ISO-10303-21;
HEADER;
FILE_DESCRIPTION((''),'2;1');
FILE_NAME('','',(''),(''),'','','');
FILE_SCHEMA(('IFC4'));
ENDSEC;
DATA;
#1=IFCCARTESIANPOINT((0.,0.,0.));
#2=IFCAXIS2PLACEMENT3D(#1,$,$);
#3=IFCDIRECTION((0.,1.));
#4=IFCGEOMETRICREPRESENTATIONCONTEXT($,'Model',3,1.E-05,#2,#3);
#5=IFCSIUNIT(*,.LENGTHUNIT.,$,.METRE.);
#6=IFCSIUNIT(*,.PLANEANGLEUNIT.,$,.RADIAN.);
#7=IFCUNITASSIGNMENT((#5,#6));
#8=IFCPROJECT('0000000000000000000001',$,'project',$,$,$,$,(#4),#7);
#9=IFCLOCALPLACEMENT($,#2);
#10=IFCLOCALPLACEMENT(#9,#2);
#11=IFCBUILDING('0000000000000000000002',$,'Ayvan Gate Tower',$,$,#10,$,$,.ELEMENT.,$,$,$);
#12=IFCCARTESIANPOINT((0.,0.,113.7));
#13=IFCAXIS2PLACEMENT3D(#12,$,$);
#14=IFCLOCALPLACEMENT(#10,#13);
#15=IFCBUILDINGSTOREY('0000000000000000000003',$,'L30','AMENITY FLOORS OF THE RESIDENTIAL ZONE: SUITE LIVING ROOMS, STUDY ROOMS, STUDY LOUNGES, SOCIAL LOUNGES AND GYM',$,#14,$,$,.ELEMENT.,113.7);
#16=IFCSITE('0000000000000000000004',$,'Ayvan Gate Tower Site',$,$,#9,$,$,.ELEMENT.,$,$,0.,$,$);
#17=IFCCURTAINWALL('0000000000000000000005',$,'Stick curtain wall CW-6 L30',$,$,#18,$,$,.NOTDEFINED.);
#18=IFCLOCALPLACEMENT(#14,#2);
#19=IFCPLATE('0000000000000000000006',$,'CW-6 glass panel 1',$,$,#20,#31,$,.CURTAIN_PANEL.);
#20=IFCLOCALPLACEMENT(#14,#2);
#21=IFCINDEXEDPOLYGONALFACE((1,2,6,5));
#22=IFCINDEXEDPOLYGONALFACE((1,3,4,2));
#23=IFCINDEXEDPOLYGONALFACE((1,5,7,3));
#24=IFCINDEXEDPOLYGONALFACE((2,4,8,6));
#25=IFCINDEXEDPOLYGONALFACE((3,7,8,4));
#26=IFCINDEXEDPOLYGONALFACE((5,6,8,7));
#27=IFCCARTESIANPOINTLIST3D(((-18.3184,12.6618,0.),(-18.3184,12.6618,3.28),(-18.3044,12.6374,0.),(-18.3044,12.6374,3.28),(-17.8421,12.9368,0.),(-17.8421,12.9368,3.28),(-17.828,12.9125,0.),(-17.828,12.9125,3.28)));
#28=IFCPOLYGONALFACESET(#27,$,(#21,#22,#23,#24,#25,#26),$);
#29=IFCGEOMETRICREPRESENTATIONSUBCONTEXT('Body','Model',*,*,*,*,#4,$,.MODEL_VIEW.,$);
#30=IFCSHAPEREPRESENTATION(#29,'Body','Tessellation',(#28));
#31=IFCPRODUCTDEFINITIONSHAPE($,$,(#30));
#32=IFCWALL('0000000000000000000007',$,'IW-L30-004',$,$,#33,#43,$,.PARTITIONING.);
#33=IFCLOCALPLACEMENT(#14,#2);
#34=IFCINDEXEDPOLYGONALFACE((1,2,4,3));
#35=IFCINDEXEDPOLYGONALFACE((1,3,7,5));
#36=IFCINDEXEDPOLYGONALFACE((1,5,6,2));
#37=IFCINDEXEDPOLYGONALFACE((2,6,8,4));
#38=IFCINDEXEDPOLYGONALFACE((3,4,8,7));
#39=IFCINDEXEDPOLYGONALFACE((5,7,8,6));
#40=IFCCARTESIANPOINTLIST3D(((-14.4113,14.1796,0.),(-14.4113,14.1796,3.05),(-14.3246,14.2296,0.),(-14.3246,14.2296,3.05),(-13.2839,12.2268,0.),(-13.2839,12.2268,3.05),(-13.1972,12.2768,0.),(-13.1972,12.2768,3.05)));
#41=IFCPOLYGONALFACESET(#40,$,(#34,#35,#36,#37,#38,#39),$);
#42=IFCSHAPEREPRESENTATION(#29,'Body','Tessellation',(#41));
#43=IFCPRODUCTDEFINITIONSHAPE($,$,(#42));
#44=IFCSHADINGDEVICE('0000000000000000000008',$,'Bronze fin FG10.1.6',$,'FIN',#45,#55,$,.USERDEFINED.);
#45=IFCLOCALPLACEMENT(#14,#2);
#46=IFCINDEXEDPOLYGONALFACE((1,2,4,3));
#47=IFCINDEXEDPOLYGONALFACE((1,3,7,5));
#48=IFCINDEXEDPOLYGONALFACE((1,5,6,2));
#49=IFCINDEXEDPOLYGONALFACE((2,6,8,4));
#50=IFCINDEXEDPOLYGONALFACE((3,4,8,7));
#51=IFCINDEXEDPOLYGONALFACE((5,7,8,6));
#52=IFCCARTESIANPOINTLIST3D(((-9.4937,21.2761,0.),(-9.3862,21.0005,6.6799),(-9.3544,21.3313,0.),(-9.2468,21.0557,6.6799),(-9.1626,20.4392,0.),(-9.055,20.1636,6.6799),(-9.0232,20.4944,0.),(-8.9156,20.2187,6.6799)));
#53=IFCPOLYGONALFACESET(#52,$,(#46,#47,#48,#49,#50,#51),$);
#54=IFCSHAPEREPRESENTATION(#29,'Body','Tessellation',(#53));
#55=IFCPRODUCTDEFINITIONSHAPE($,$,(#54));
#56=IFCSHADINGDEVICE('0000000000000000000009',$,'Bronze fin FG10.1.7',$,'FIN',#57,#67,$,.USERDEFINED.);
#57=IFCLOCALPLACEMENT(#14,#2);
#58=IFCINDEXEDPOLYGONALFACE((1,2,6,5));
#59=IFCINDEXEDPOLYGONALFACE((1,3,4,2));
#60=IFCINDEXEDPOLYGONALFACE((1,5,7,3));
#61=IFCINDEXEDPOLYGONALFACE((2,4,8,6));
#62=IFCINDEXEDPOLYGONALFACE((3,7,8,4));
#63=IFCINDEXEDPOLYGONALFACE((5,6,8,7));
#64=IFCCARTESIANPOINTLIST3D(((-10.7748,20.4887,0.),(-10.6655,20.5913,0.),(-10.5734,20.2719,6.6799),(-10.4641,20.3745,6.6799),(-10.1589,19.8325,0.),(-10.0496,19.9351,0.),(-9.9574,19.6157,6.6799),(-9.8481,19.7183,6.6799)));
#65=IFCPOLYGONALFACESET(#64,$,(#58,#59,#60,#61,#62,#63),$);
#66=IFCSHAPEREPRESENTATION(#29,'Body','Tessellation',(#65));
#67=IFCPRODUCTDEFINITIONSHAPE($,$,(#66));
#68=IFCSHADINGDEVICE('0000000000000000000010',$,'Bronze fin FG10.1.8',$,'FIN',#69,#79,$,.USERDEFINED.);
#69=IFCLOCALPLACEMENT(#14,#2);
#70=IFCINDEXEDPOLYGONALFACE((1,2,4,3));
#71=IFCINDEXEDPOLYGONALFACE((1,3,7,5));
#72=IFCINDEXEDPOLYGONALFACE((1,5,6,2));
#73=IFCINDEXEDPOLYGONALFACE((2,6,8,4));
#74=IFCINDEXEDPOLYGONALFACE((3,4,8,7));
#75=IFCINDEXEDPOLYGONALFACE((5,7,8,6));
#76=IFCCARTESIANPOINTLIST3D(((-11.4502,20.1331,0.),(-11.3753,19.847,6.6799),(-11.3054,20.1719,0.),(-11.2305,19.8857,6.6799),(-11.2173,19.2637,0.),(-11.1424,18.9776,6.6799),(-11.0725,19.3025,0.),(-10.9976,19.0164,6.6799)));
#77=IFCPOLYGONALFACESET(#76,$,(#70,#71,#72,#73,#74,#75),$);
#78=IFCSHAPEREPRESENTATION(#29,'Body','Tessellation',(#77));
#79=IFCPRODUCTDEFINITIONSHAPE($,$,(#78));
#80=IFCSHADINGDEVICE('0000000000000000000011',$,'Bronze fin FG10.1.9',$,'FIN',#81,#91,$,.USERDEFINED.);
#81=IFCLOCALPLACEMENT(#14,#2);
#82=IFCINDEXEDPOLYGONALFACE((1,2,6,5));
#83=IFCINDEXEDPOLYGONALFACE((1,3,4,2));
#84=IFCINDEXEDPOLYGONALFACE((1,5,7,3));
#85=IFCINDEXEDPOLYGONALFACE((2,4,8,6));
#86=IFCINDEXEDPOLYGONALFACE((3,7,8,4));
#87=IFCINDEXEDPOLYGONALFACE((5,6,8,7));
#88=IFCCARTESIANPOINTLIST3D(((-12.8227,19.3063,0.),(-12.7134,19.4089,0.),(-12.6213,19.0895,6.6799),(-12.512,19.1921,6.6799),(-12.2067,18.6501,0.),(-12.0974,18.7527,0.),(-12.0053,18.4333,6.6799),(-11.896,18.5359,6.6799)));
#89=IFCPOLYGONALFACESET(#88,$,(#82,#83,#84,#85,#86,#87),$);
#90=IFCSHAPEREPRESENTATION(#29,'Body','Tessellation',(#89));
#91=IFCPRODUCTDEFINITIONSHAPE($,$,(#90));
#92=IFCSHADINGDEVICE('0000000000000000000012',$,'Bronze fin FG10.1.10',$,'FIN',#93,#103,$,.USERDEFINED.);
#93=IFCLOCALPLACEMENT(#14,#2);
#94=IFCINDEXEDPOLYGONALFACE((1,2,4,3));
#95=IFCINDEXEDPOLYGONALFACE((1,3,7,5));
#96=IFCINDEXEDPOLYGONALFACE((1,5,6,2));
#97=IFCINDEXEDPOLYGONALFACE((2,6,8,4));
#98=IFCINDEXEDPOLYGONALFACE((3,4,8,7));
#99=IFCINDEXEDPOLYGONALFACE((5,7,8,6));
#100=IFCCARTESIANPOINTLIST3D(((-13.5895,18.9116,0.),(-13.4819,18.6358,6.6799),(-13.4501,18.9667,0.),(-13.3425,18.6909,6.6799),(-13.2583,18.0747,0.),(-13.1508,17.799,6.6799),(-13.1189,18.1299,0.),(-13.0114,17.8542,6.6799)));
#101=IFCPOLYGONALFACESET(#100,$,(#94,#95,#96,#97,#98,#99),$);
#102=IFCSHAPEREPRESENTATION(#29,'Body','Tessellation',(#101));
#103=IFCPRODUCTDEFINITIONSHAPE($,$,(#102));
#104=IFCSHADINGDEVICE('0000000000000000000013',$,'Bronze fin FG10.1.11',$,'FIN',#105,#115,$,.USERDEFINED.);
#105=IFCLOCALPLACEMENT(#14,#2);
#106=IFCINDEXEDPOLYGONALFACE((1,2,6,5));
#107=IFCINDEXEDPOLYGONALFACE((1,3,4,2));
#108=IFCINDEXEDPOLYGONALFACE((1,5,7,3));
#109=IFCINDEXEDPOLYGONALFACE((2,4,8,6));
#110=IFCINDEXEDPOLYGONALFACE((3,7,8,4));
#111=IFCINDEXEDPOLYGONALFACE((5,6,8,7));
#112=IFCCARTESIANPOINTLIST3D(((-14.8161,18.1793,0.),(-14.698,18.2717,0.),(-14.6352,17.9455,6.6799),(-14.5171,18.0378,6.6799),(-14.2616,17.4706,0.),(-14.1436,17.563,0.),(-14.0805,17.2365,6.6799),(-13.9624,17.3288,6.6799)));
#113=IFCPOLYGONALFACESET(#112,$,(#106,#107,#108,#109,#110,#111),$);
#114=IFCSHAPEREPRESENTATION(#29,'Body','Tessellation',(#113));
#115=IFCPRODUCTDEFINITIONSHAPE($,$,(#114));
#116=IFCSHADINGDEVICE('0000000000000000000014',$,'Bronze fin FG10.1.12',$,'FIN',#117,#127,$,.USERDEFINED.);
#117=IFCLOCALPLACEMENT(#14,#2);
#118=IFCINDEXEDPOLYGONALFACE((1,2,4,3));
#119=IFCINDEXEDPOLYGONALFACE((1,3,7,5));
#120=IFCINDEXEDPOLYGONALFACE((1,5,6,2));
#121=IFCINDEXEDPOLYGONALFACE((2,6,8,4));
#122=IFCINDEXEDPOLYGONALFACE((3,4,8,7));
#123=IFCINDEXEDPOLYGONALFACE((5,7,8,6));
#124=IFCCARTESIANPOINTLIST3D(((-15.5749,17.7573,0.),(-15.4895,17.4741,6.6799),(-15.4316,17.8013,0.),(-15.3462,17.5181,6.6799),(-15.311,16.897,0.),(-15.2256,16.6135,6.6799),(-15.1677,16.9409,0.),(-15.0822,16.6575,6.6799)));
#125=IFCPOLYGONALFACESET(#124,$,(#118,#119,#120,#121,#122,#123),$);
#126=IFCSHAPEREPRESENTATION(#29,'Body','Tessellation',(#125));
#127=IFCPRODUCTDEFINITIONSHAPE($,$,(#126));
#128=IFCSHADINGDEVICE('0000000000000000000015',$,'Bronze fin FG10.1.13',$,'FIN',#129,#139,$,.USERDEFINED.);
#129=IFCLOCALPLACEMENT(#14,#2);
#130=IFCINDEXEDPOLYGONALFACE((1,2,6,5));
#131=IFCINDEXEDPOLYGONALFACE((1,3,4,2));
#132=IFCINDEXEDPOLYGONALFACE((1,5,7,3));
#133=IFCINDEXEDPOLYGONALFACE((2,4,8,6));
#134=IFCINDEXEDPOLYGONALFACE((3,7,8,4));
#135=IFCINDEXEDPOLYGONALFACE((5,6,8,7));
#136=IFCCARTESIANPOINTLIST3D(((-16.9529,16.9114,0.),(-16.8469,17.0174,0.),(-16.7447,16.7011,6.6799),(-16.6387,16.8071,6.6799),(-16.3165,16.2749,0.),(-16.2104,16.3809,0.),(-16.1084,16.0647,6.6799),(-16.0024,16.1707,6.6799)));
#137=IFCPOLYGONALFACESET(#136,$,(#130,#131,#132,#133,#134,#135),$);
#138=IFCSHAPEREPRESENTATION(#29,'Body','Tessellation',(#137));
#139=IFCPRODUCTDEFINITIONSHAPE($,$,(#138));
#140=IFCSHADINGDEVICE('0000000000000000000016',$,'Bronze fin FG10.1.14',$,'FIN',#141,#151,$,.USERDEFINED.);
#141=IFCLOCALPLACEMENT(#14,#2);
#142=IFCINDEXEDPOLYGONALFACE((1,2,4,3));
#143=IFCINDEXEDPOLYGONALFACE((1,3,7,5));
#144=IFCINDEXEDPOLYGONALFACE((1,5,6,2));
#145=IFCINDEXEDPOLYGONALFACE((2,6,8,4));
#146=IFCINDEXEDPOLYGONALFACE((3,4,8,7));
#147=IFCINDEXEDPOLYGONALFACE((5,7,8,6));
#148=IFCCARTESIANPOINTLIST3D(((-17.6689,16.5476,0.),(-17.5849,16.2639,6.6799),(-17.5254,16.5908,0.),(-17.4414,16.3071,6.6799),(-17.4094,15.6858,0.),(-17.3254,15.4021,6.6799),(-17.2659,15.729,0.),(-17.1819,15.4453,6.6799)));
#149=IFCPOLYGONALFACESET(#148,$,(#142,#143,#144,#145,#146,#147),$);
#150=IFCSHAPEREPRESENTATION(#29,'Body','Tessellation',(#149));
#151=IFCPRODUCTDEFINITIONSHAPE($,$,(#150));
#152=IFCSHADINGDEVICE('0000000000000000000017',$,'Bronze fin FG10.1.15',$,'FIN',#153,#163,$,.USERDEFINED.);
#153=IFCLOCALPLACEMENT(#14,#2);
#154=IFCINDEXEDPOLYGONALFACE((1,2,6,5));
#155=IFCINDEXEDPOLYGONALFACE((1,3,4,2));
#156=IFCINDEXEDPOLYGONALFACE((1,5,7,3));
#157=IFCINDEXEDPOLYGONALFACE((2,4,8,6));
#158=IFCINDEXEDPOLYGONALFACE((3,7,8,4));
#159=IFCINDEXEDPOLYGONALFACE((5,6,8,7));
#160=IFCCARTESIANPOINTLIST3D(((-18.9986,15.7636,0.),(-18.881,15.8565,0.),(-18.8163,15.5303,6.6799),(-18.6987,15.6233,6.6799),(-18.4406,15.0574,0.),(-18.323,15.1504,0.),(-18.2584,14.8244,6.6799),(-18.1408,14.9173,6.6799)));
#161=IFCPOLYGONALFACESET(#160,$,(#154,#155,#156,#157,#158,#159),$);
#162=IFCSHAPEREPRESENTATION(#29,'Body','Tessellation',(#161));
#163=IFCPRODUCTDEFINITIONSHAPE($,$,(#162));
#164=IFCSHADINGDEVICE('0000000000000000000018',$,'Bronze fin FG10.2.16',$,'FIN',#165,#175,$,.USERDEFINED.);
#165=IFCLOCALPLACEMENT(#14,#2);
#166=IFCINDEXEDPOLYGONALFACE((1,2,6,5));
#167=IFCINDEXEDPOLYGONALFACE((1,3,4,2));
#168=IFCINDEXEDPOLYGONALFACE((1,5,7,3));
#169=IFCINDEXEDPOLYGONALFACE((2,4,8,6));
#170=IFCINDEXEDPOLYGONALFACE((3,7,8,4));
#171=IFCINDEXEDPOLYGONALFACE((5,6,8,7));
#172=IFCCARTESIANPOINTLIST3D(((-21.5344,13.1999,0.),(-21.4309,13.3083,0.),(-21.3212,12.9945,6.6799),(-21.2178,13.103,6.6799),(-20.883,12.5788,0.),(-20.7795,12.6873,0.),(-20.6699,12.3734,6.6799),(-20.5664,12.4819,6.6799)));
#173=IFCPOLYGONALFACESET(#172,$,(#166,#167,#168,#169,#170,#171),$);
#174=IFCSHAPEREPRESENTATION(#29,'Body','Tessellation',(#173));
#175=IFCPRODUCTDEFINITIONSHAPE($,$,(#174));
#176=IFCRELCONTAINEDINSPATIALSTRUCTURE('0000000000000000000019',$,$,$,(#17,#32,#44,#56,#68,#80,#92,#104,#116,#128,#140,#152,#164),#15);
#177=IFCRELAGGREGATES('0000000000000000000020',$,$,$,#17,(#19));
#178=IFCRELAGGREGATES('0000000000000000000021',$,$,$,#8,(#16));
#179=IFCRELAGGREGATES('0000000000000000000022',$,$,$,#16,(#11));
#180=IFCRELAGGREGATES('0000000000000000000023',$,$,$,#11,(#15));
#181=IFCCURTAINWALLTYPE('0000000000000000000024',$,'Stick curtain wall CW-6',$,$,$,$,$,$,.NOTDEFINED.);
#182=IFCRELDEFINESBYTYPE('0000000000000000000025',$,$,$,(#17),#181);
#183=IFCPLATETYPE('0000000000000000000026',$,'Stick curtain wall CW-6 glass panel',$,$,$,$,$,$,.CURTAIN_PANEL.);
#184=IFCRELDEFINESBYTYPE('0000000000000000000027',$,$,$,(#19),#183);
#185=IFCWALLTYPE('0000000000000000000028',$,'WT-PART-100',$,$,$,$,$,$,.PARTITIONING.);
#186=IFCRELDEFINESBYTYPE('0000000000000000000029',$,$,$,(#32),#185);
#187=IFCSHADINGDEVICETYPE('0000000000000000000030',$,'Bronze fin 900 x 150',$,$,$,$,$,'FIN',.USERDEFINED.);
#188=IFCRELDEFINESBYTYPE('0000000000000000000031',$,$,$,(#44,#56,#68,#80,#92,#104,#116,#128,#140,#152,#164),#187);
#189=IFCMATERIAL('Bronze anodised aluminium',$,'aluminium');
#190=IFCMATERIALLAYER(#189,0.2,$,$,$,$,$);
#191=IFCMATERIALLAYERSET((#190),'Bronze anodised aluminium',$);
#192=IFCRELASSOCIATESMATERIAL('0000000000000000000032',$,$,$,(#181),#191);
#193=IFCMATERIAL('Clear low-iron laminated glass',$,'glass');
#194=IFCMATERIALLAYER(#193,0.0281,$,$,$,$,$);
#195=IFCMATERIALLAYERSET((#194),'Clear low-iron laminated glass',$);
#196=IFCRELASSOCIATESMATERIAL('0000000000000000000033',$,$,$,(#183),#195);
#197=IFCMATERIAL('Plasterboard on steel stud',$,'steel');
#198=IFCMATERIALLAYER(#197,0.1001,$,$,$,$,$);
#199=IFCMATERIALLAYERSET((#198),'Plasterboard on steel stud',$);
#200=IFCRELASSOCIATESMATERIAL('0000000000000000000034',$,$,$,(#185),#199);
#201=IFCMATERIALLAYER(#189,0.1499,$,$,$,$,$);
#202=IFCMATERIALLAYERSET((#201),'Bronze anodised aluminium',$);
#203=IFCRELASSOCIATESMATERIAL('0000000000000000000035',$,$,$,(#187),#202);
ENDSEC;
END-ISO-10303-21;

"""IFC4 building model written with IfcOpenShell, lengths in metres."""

from ifc_helpers import new_model, si_unit, direction, frame, frame_2d, origin, origin_2d, place, context, subcontext, project, spatial, polyline, rectangle, outline, extrude, material, layer, layer_set, type_object, element, aggregate, save


model = new_model("IFC4")

# Units and contexts
model_context = context("Model", 3, precision=1e-05, world=origin(), true_north=direction((0.0, 1.0)))
body_context = subcontext(model_context, "Body", "Model", "MODEL_VIEW")
ifc_project = project(units=[si_unit("LENGTHUNIT", "METRE"), si_unit("PLANEANGLEUNIT", "RADIAN")], contexts=[model_context])

# Site, building, storey
site_placement = place(None, origin())
site = spatial("IfcSite", under=ifc_project, at=site_placement, Name="Ayvan Gate Tower Site", CompositionType="ELEMENT", RefElevation=0.0)
building_placement = place(site_placement, origin())
building = spatial("IfcBuilding", under=site, at=building_placement, Name="Ayvan Gate Tower", CompositionType="ELEMENT")
storey_placement = place(building_placement, frame((0.0, 0.0, 113.7)))
storey = spatial("IfcBuildingStorey", under=building, at=storey_placement, Name="L30", Description="AMENITY FLOORS OF THE RESIDENTIAL ZONE: SUITE LIVING ROOMS, STUDY ROOMS, STUDY LOUNGES, SOCIAL LOUNGES AND GYM", CompositionType="ELEMENT", Elevation=113.7)

# Shared definitions
ifc_material_1 = material(Name="Bronze anodised aluminium", Category="aluminium")

# Curtain wall
ifc_layer_1 = layer(ifc_material_1, 0.2)
ifc_layer_set_1 = layer_set([ifc_layer_1], Name="Bronze anodised aluminium")
curtain_wall_type_1 = type_object("IfcCurtainWallType", Name="Stick curtain wall CW-6", PredefinedType="NOTDEFINED", material=ifc_layer_set_1)
curtain_wall_1_placement = place(storey_placement, origin())
curtain_wall_1 = element("IfcCurtainWall", 1, at=curtain_wall_1_placement, inside=storey, type_object=curtain_wall_type_1, Name="Stick curtain wall CW-6 L30", PredefinedType="NOTDEFINED")

# Plate
ifc_material_2 = material(Name="Clear low-iron laminated glass", Category="glass")
ifc_layer_2 = layer(ifc_material_2, 0.0281)
ifc_layer_set_2 = layer_set([ifc_layer_2], Name="Clear low-iron laminated glass")
plate_type_1 = type_object("IfcPlateType", Name="Stick curtain wall CW-6 glass panel", PredefinedType="CURTAIN_PANEL", material=ifc_layer_set_2)
plate_1_placement = place(storey_placement, frame((-18.0732, 12.7871, 0.0), z_axis=(0.0, 0.0, 1.0), x_axis=(-0.866025, -0.5, 0.0)))
plate_1 = element("IfcPlate", 2, at=plate_1_placement, type_object=plate_type_1, Name="CW-6 glass panel 1", PredefinedType="CURTAIN_PANEL", context=body_context, shape_type="SweptSolid", body=[
    extrude(rectangle(XDim=0.55, YDim=0.0281, at=origin_2d()), origin(), (0.0, 0.0, 1.0), 3.28),
])
aggregate(curtain_wall_1, [plate_1])

# Wall
ifc_material_3 = material(Name="Plasterboard on steel stud", Category="steel")
ifc_layer_3 = layer(ifc_material_3, 0.1001)
ifc_layer_set_3 = layer_set([ifc_layer_3], Name="Plasterboard on steel stud")
wall_type = type_object("IfcWallType", Name="WT-PART-100", PredefinedType="PARTITIONING", material=ifc_layer_set_3)
wall_placement = place(storey_placement, frame((-14.3679, 14.2046, 0.0), z_axis=(0.0, 0.0, 1.0), x_axis=(0.499982, -0.866036, 0.0)))
element("IfcWall", 3, at=wall_placement, inside=storey, type_object=wall_type, Name="IW-L30-004", PredefinedType="PARTITIONING", context=body_context, shape_type="SweptSolid", body=[
    extrude(rectangle(XDim=2.2549, YDim=0.1001, at=frame_2d((1.1274, 0.0))), origin(), (0.0, 0.0, 1.0), 3.05),
])

# Shading devices
ifc_layer_4 = layer(ifc_material_1, 0.1499)
ifc_layer_set_4 = layer_set([ifc_layer_4], Name="Bronze anodised aluminium")
shading_device_type = type_object("IfcShadingDeviceType", Name="Bronze fin 900 x 150", ElementType="FIN", PredefinedType="USERDEFINED", material=ifc_layer_set_4)
shading_device_1_placement = place(storey_placement, frame((-9.0232, 20.4944, 0.0), z_axis=(0.929845, 0.367951, 0.000213), x_axis=(-0.367951, 0.929845, 0.0)))
element("IfcShadingDevice", 4, at=shading_device_1_placement, inside=storey, type_object=shading_device_type, Name="Bronze fin FG10.1.6", ObjectType="FIN", PredefinedType="USERDEFINED", context=body_context, shape_type="SweptSolid", body=[
    extrude(outline(polyline([(0.0, 0.0), (0.9, 0.0), (0.6042, 6.6799), (-0.2959, 6.6799), (0.0, 0.0)])), origin(), (0.0, 0.0, -1.0), 0.1499),
])
shading_device_2_placement = place(storey_placement, frame((-10.0496, 19.9351, 0.0), z_axis=(0.729131, 0.684374, 0.000226), x_axis=(-0.684374, 0.729131, 0.0)))
element("IfcShadingDevice", 5, at=shading_device_2_placement, inside=storey, type_object=shading_device_type, Name="Bronze fin FG10.1.7", ObjectType="FIN", PredefinedType="USERDEFINED", context=body_context, shape_type="SweptSolid", body=[
    extrude(outline(polyline([(0.0, 0.0), (0.9, 0.0), (0.6041, 6.6799), (-0.2959, 6.6799), (0.0, 0.0)])), origin(), (0.0, 0.0, -1.0), 0.1499),
])
shading_device_3_placement = place(storey_placement, frame((-11.0725, 19.3025, 0.0), z_axis=(0.965937, 0.258777, 0.000246), x_axis=(-0.258777, 0.965937, 0.0)))
element("IfcShadingDevice", 6, at=shading_device_3_placement, inside=storey, type_object=shading_device_type, Name="Bronze fin FG10.1.8", ObjectType="FIN", PredefinedType="USERDEFINED", context=body_context, shape_type="SweptSolid", body=[
    extrude(outline(polyline([(0.0, 0.0), (0.9, 0.0), (0.6043, 6.6799), (-0.2958, 6.6799), (0.0, 0.0)])), origin(), (0.0, 0.0, -1.0), 0.1499),
])
shading_device_4_placement = place(storey_placement, frame((-12.0974, 18.7527, 0.0), z_axis=(0.729131, 0.684374, 0.000226), x_axis=(-0.684374, 0.729131, 0.0)))
element("IfcShadingDevice", 7, at=shading_device_4_placement, inside=storey, type_object=shading_device_type, Name="Bronze fin FG10.1.9", ObjectType="FIN", PredefinedType="USERDEFINED", context=body_context, shape_type="SweptSolid", body=[
    extrude(outline(polyline([(0.0, 0.0), (0.9, 0.0), (0.6041, 6.6799), (-0.2959, 6.6799), (0.0, 0.0)])), origin(), (0.0, 0.0, -1.0), 0.1499),
])
shading_device_5_placement = place(storey_placement, frame((-13.1189, 18.1299, 0.0), z_axis=(0.929827, 0.367997, 0.000222), x_axis=(-0.367997, 0.929827, 0.0)))
element("IfcShadingDevice", 8, at=shading_device_5_placement, inside=storey, type_object=shading_device_type, Name="Bronze fin FG10.1.10", ObjectType="FIN", PredefinedType="USERDEFINED", context=body_context, shape_type="SweptSolid", body=[
    extrude(outline(polyline([(0.0, 0.0), (0.9, 0.0), (0.604, 6.6799), (-0.2959, 6.6799), (0.0, 0.0)])), origin(), (0.0, 0.0, -1.0), 0.1499),
])
shading_device_6_placement = place(storey_placement, frame((-14.1436, 17.563, 0.0), z_axis=(0.787611, 0.616173, 0.000241), x_axis=(-0.616173, 0.787611, 0.0)))
element("IfcShadingDevice", 9, at=shading_device_6_placement, inside=storey, type_object=shading_device_type, Name="Bronze fin FG10.1.11", ObjectType="FIN", PredefinedType="USERDEFINED", context=body_context, shape_type="SweptSolid", body=[
    extrude(outline(polyline([(0.0, 0.0), (0.8998, 0.0), (0.6042, 6.6799), (-0.296, 6.6799), (0.0, 0.0)])), origin(), (0.0, 0.0, -1.0), 0.1499),
])
shading_device_7_placement = place(storey_placement, frame((-15.1677, 16.9409, 0.0), z_axis=(0.956043, 0.293228, 0.000207), x_axis=(-0.293228, 0.956043, 0.0)))
element("IfcShadingDevice", 10, at=shading_device_7_placement, inside=storey, type_object=shading_device_type, Name="Bronze fin FG10.1.12", ObjectType="FIN", PredefinedType="USERDEFINED", context=body_context, shape_type="SweptSolid", body=[
    extrude(outline(polyline([(0.0, 0.0), (0.8999, 0.0), (0.6041, 6.6799), (-0.296, 6.6799), (0.0, 0.0)])), origin(), (0.0, 0.0, -1.0), 0.1499),
])
shading_device_8_placement = place(storey_placement, frame((-16.2104, 16.3809, 0.0), z_axis=(0.707175, 0.707039, 0.000215), x_axis=(-0.707039, 0.707175, 0.0)))
element("IfcShadingDevice", 11, at=shading_device_8_placement, inside=storey, type_object=shading_device_type, Name="Bronze fin FG10.1.13", ObjectType="FIN", PredefinedType="USERDEFINED", context=body_context, shape_type="SweptSolid", body=[
    extrude(outline(polyline([(0.0, 0.0), (0.9001, 0.0), (0.6042, 6.6799), (-0.2957, 6.6799), (0.0, 0.0)])), origin(), (0.0, 0.0, -1.0), 0.1499),
])
shading_device_9_placement = place(storey_placement, frame((-17.2659, 15.729, 0.0), z_axis=(0.957527, 0.288343, 0.000207), x_axis=(-0.288343, 0.957527, 0.0)))
element("IfcShadingDevice", 12, at=shading_device_9_placement, inside=storey, type_object=shading_device_type, Name="Bronze fin FG10.1.14", ObjectType="FIN", PredefinedType="USERDEFINED", context=body_context, shape_type="SweptSolid", body=[
    extrude(outline(polyline([(0.0, 0.0), (0.9, 0.0), (0.6042, 6.6799), (-0.2959, 6.6799), (0.0, 0.0)])), origin(), (0.0, 0.0, -1.0), 0.1499),
])
shading_device_10_placement = place(storey_placement, frame((-18.323, 15.1504, 0.0), z_axis=(0.784574, 0.620036, 0.000236), x_axis=(-0.620036, 0.784574, 0.0)))
element("IfcShadingDevice", 13, at=shading_device_10_placement, inside=storey, type_object=shading_device_type, Name="Bronze fin FG10.1.15", ObjectType="FIN", PredefinedType="USERDEFINED", context=body_context, shape_type="SweptSolid", body=[
    extrude(outline(polyline([(0.0, 0.0), (0.9, 0.0), (0.604, 6.6799), (-0.2959, 6.6799), (0.0, 0.0)])), origin(), (0.0, 0.0, -1.0), 0.1499),
])
shading_device_11_placement = place(storey_placement, frame((-20.7795, 12.6873, 0.0), z_axis=(0.690089, 0.723725, 0.000227), x_axis=(-0.723725, 0.690089, 0.0)))
element("IfcShadingDevice", 14, at=shading_device_11_placement, inside=storey, type_object=shading_device_type, Name="Bronze fin FG10.2.16", ObjectType="FIN", PredefinedType="USERDEFINED", context=body_context, shape_type="SweptSolid", body=[
    extrude(outline(polyline([(0.0, 0.0), (0.9, 0.0), (0.6041, 6.6799), (-0.2959, 6.6799), (0.0, 0.0)])), origin(), (0.0, 0.0, -1.0), 0.1499),
])

save(model, "model.ifc")
